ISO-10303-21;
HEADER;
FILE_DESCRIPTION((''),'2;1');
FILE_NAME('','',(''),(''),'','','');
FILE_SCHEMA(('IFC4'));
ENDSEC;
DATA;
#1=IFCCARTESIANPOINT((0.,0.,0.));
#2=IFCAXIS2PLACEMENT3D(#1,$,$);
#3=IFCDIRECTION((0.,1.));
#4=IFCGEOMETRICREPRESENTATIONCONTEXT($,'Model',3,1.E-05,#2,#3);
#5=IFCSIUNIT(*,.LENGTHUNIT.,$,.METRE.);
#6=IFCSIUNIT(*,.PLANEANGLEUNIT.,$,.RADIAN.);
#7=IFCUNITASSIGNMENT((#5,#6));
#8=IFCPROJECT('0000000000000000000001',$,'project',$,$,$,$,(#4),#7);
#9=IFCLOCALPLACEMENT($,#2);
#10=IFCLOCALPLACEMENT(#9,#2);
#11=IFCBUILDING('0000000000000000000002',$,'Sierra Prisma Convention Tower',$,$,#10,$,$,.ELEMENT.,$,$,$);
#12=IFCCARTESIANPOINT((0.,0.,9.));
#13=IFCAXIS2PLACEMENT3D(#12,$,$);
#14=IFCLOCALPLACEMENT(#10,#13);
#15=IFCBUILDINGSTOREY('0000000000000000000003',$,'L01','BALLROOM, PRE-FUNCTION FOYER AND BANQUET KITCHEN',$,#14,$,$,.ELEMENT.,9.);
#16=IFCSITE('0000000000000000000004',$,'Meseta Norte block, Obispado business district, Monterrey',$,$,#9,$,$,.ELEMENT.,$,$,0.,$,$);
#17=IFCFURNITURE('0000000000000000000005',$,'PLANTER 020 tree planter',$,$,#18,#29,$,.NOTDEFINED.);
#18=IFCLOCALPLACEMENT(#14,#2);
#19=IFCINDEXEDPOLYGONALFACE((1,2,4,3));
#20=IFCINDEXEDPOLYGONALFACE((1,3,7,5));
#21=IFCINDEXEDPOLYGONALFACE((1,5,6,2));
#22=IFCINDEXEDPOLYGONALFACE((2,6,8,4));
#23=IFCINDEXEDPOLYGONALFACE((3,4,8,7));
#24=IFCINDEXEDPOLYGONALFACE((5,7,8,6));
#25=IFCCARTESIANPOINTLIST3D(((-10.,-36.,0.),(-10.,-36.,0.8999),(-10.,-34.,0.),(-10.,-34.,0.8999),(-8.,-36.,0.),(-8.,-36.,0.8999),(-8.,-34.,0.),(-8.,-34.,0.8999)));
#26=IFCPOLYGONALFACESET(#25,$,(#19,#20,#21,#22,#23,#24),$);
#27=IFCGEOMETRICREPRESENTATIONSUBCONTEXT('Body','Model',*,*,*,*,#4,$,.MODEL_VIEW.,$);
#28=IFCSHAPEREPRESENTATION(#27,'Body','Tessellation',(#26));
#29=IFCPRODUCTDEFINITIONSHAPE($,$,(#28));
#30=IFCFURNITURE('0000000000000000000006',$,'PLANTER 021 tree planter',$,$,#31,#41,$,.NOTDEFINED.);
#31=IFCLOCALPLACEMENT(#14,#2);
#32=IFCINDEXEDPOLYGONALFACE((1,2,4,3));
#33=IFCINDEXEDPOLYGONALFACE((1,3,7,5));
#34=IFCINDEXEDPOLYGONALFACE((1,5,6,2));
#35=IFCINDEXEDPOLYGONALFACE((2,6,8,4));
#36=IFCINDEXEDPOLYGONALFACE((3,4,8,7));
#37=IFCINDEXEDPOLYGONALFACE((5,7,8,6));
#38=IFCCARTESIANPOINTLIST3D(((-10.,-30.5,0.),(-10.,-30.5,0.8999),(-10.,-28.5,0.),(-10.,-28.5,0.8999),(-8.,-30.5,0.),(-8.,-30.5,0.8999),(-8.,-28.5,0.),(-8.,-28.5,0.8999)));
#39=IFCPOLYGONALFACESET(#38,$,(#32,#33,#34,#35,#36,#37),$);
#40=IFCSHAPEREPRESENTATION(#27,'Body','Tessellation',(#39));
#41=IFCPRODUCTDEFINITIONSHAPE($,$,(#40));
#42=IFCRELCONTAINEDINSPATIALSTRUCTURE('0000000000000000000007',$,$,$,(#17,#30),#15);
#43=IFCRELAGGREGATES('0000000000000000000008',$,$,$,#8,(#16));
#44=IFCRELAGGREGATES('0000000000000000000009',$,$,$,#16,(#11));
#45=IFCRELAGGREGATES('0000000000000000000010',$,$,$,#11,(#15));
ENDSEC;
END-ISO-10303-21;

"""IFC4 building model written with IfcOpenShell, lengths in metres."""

from ifc_helpers import new_model, si_unit, direction, frame, origin, origin_2d, place, context, subcontext, project, spatial, rectangle, extrude, element, save


model = new_model("IFC4")

# Units and contexts
model_context = context("Model", 3, precision=1e-05, world=origin(), true_north=direction((0.0, 1.0)))
body_context = subcontext(model_context, "Body", "Model", "MODEL_VIEW")
ifc_project = project(units=[si_unit("LENGTHUNIT", "METRE"), si_unit("PLANEANGLEUNIT", "RADIAN")], contexts=[model_context])

# Site, building, storey
site_placement = place(None, origin())
site = spatial("IfcSite", under=ifc_project, at=site_placement, Name="Meseta Norte block, Obispado business district, Monterrey", CompositionType="ELEMENT", RefElevation=0.0)
building_placement = place(site_placement, origin())
building = spatial("IfcBuilding", under=site, at=building_placement, Name="Sierra Prisma Convention Tower", CompositionType="ELEMENT")
storey_placement = place(building_placement, frame((0.0, 0.0, 9.0)))
storey = spatial("IfcBuildingStorey", under=building, at=storey_placement, Name="L01", Description="BALLROOM, PRE-FUNCTION FOYER AND BANQUET KITCHEN", CompositionType="ELEMENT", Elevation=9.0)

# Furniture
for number, where, z_axis, x_axis, name in (
    (1, (-9.0, -35.0, 0.0), (0.0, 0.0, 1.0), (1.0, 0.0, 0.0), "PLANTER 020 tree planter"),
    (2, (-9.0, -29.5, 0.0), (0.0, 0.0, 1.0), (1.0, 0.0, 0.0), "PLANTER 021 tree planter"),
):
    element("IfcFurniture", number, at=place(storey_placement, frame(where, z_axis=z_axis, x_axis=x_axis)), inside=storey, Name=name, PredefinedType="NOTDEFINED", context=body_context, shape_type="SweptSolid", body=[
        extrude(rectangle(XDim=2.0, YDim=2.0, at=origin_2d()), origin(), (0.0, 0.0, 1.0), 0.8999),
    ])

save(model, "model.ifc")
